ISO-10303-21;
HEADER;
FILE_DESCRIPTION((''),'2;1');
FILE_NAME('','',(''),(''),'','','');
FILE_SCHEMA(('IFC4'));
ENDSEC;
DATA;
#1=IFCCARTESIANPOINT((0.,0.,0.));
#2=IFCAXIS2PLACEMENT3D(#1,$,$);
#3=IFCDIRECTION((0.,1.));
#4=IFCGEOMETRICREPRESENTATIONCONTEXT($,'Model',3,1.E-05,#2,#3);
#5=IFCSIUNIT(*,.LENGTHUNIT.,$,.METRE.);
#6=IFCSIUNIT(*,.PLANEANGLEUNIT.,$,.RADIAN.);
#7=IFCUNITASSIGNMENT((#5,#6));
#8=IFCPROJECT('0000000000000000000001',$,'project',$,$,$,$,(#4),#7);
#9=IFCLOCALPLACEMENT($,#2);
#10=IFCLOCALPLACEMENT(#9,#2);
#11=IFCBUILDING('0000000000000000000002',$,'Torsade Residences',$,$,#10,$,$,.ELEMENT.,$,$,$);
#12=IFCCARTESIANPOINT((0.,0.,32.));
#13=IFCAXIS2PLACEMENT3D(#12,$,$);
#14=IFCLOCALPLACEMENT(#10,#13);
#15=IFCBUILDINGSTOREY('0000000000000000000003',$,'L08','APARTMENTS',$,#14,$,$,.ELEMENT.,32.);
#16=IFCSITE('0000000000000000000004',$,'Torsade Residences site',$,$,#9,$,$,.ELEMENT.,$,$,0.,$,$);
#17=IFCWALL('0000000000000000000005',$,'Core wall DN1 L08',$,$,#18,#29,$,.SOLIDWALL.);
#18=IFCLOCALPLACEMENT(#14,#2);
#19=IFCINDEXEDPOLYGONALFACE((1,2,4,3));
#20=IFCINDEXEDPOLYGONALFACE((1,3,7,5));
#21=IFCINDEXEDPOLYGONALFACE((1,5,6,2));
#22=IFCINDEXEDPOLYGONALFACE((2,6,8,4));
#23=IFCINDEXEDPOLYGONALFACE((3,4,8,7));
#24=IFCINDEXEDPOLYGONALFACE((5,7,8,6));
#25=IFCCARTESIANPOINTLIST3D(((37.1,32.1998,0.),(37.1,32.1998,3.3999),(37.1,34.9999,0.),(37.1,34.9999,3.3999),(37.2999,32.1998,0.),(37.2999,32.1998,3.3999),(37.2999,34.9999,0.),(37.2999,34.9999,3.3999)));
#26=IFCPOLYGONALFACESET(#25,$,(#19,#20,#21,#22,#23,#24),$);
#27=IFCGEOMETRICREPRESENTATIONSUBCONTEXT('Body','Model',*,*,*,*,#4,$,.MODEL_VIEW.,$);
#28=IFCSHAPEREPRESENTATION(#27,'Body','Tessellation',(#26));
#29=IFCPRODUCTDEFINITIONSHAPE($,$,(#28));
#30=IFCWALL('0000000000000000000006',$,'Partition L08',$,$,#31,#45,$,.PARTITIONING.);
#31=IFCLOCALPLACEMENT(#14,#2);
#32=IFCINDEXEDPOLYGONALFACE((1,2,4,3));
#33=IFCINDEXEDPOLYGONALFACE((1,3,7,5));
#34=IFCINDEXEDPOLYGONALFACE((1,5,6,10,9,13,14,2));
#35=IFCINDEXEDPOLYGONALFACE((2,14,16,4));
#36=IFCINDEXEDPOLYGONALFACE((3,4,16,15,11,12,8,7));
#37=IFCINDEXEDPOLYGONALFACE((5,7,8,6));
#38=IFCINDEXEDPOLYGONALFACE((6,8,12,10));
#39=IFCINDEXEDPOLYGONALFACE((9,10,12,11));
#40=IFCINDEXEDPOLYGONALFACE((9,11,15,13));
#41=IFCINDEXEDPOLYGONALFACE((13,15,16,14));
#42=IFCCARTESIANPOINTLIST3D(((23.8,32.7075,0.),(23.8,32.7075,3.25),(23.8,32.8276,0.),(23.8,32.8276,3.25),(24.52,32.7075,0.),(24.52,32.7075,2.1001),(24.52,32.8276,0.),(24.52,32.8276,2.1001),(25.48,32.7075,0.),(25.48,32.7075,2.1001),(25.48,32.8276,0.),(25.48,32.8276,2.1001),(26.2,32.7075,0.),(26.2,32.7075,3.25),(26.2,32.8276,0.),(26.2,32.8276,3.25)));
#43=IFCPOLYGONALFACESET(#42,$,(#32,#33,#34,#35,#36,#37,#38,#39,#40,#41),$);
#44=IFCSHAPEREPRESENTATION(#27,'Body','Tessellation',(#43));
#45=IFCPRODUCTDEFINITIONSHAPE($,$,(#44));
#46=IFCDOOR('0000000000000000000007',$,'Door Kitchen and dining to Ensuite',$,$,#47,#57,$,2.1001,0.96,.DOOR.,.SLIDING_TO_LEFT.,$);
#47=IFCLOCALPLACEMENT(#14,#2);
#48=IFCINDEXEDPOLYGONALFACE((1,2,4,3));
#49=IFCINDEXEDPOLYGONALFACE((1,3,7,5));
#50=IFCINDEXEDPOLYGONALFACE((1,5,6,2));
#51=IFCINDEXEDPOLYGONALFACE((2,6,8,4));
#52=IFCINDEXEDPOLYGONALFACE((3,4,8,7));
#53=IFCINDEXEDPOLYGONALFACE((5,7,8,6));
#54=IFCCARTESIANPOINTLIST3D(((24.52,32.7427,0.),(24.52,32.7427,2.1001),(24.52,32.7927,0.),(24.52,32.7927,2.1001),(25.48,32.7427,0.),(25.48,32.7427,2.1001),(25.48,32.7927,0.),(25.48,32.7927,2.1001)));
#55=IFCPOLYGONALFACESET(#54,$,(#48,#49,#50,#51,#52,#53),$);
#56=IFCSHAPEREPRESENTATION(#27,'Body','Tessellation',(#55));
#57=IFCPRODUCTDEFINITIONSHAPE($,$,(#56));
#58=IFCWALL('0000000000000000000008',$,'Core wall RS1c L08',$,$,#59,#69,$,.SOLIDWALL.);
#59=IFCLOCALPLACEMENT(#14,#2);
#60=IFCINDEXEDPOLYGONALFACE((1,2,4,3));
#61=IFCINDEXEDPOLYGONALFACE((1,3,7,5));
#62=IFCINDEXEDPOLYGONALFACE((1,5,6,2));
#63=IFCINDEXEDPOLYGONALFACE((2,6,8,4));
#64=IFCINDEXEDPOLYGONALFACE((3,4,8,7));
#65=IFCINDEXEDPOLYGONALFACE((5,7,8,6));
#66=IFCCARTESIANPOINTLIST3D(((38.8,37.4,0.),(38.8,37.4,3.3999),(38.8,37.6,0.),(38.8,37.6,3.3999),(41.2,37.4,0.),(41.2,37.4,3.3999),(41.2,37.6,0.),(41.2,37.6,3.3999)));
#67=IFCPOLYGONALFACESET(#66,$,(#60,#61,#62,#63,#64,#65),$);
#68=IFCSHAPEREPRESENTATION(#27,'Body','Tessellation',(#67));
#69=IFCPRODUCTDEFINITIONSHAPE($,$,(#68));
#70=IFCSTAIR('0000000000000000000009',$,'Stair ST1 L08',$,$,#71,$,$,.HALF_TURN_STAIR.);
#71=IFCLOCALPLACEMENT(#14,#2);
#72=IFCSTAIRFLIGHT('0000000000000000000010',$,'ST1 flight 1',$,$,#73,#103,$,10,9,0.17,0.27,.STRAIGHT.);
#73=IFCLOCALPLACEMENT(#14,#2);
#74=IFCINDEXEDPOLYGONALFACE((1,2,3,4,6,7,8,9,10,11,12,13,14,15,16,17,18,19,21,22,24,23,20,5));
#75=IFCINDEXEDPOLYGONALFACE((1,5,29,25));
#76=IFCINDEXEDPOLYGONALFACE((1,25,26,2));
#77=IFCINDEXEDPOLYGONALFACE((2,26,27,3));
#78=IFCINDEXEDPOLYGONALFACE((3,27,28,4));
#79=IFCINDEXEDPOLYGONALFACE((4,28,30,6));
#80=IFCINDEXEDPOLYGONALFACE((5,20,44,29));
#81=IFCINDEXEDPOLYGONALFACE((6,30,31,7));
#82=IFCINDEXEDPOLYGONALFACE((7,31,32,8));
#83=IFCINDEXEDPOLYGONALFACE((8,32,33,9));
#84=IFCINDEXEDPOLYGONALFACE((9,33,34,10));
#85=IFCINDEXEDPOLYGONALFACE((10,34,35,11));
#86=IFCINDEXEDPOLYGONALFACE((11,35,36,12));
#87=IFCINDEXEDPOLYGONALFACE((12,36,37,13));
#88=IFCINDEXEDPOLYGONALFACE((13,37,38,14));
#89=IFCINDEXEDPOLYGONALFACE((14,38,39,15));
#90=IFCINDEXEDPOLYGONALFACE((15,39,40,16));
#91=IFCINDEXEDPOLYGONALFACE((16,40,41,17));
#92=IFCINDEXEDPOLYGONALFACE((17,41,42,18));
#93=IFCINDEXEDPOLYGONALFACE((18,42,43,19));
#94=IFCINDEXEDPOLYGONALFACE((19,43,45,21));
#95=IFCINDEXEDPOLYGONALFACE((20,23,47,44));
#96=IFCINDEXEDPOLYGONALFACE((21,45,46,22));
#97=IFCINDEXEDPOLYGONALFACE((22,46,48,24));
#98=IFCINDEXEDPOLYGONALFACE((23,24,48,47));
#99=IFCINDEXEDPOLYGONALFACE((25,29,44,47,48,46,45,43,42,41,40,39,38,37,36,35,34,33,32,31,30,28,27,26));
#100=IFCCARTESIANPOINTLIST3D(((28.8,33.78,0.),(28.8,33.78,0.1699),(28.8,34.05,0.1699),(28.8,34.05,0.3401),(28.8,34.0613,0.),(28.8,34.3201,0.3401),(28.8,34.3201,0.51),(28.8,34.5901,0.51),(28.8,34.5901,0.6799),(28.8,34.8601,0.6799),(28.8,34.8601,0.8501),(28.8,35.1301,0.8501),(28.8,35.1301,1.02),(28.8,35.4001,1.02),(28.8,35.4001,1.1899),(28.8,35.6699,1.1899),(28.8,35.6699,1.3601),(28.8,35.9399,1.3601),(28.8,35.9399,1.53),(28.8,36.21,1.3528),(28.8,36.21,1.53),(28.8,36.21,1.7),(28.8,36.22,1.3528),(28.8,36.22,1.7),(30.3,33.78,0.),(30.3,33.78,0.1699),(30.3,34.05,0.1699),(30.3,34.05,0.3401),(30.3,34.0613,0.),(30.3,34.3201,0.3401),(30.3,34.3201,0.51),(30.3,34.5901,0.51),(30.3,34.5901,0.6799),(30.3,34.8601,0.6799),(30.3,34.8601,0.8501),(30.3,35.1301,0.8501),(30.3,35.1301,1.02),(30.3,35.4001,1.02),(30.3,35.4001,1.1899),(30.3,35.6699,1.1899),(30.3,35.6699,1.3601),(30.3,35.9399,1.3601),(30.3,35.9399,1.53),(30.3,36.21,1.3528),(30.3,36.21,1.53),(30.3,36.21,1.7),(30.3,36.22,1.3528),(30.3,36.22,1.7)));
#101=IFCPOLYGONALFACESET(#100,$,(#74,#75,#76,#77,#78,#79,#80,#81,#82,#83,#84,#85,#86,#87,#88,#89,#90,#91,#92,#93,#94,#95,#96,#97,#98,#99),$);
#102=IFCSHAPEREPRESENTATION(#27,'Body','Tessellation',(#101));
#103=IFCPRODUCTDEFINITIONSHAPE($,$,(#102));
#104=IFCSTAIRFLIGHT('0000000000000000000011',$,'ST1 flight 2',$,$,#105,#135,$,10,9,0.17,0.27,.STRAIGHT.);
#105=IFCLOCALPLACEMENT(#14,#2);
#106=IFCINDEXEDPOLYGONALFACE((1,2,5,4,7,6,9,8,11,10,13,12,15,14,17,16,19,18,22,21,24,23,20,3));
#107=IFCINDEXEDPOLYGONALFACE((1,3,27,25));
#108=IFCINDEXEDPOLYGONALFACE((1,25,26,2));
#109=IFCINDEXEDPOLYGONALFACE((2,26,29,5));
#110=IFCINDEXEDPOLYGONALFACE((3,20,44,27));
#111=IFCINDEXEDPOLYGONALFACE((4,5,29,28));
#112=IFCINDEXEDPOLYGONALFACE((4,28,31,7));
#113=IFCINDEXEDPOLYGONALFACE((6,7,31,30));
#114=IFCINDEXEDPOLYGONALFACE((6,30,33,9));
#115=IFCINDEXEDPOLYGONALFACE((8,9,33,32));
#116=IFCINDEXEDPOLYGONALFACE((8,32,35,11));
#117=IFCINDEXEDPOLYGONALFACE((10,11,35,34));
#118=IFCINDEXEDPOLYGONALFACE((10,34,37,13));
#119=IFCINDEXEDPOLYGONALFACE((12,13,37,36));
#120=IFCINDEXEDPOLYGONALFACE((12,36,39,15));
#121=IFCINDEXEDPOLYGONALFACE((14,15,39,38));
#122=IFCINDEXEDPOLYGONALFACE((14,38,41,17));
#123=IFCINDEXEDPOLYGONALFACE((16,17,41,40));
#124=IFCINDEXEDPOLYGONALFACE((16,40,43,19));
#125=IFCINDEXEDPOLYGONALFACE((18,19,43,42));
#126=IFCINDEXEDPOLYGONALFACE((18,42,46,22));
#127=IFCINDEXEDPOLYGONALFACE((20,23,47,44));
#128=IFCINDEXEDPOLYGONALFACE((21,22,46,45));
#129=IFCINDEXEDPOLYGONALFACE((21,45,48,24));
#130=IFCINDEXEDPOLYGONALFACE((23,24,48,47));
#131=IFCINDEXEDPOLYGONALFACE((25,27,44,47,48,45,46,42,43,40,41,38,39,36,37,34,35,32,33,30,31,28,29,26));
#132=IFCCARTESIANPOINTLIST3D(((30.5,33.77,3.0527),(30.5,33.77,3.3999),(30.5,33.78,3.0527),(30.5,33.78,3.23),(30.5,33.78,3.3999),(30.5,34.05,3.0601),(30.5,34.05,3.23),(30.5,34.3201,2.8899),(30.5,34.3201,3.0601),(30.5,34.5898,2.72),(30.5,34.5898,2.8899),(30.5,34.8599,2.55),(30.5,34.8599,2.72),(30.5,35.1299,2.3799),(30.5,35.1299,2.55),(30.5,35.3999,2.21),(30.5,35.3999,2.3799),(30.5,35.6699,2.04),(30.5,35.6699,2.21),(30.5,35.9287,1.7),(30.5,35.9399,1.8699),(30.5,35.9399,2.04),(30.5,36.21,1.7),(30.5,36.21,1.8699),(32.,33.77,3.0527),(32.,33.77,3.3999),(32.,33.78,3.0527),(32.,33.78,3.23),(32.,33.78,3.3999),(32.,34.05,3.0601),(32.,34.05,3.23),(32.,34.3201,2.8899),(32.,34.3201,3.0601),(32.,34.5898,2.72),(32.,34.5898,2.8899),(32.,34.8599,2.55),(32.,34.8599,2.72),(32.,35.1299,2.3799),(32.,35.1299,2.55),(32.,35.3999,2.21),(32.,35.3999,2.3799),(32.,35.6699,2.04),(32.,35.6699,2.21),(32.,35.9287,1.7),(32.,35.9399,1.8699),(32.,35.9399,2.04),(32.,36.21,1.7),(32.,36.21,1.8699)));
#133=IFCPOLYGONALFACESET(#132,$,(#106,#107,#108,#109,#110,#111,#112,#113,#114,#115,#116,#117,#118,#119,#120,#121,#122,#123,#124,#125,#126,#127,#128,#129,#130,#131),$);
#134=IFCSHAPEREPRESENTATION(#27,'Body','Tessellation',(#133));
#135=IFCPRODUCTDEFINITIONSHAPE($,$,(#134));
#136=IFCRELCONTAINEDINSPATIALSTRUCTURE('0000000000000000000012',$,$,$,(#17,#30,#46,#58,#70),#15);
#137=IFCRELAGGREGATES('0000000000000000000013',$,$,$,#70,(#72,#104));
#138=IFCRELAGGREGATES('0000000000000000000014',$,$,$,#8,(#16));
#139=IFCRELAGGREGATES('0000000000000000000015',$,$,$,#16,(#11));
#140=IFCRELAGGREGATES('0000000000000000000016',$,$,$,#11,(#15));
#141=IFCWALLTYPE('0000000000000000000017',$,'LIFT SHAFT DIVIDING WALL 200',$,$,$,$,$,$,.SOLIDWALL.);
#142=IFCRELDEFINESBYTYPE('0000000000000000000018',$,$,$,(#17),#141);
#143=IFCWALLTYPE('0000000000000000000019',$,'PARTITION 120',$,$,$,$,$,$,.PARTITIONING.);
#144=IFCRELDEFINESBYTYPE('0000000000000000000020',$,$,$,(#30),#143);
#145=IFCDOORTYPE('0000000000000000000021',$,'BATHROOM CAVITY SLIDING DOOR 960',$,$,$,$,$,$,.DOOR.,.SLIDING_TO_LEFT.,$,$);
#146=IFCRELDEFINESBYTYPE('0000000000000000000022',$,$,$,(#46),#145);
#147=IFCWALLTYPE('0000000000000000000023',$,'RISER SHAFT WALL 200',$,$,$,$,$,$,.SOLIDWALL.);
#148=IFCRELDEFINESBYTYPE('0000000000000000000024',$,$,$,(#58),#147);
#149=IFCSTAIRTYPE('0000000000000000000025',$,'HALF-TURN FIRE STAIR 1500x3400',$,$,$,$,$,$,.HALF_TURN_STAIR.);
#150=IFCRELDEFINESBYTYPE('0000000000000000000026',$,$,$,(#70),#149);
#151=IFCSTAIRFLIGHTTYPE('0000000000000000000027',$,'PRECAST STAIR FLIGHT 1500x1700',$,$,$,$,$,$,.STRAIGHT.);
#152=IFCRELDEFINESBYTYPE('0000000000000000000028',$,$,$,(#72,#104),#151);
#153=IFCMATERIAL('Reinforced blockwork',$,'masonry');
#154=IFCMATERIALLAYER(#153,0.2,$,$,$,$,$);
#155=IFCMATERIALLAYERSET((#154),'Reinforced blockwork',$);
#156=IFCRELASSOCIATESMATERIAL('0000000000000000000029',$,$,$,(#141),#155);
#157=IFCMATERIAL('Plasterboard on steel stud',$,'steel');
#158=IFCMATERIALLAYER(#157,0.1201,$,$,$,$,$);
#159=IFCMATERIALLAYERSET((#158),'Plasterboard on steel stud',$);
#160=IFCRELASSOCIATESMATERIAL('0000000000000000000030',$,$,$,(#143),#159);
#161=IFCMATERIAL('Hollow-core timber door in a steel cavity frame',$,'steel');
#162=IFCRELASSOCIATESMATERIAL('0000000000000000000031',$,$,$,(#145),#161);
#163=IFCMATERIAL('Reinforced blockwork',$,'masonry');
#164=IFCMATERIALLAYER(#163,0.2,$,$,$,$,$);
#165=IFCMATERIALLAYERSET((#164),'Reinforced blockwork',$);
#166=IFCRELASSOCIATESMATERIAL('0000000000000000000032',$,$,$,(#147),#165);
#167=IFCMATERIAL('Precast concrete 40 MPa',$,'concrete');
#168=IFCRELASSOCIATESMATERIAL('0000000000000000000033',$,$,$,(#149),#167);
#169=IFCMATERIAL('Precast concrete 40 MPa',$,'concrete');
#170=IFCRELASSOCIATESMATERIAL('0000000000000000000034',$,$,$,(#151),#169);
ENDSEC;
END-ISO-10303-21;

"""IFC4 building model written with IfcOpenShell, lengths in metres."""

from ifc_helpers import new_model, si_unit, direction, frame, frame_2d, origin, place, context, subcontext, project, spatial, polyline, rectangle, outline, extrude, material, layer, layer_set, type_object, element, fill, aggregate, save


model = new_model("IFC4")

# Units and contexts
model_context = context("Model", 3, precision=1e-05, world=origin(), true_north=direction((0.0, 1.0)))
body_context = subcontext(model_context, "Body", "Model", "MODEL_VIEW")
ifc_project = project(units=[si_unit("LENGTHUNIT", "METRE"), si_unit("PLANEANGLEUNIT", "RADIAN")], contexts=[model_context])

# Site, building, storey
site_placement = place(None, origin())
site = spatial("IfcSite", under=ifc_project, at=site_placement, Name="Torsade Residences site", CompositionType="ELEMENT", RefElevation=0.0)
building_placement = place(site_placement, origin())
building = spatial("IfcBuilding", under=site, at=building_placement, Name="Torsade Residences", CompositionType="ELEMENT")
storey_placement = place(building_placement, frame((0.0, 0.0, 32.0)))
storey = spatial("IfcBuildingStorey", under=building, at=storey_placement, Name="L08", Description="APARTMENTS", CompositionType="ELEMENT", Elevation=32.0)

# Wall
ifc_material_1 = material(Name="Reinforced blockwork", Category="masonry")
ifc_layer_1 = layer(ifc_material_1, 0.2)
ifc_layer_set_1 = layer_set([ifc_layer_1], Name="Reinforced blockwork")
wall_type_1 = type_object("IfcWallType", Name="LIFT SHAFT DIVIDING WALL 200", PredefinedType="SOLIDWALL", material=ifc_layer_set_1)
wall_1_placement = place(storey_placement, frame((37.2, 32.2, 0.0), z_axis=(0.0, 0.0, 1.0), x_axis=(0.0, 1.0, 0.0)))
element("IfcWall", 1, at=wall_1_placement, inside=storey, type_object=wall_type_1, Name="Core wall DN1 L08", PredefinedType="SOLIDWALL", context=body_context, shape_type="SweptSolid", body=[
    extrude(rectangle(XDim=2.8, YDim=0.2, at=frame_2d((1.3999, 0.0))), origin(), (0.0, 0.0, 1.0), 3.3999),
])

# Wall, opening, door
ifc_material_2 = material(Name="Plasterboard on steel stud", Category="steel")
ifc_layer_2 = layer(ifc_material_2, 0.1201)
ifc_layer_set_2 = layer_set([ifc_layer_2], Name="Plasterboard on steel stud")
wall_type_2 = type_object("IfcWallType", Name="PARTITION 120", PredefinedType="PARTITIONING", material=ifc_layer_set_2)
wall_2_placement = place(storey_placement, frame((26.2, 32.7676, 0.0), z_axis=(0.0, 0.0, 1.0), x_axis=(-1.0, 0.0, 0.0)))
wall_2 = element("IfcWall", 2, at=wall_2_placement, inside=storey, type_object=wall_type_2, Name="Partition L08", PredefinedType="PARTITIONING", context=body_context, shape_type="SweptSolid", body=[
    extrude(rectangle(XDim=2.3999, YDim=0.1201, at=frame_2d((1.2, 0.0))), origin(), (0.0, 0.0, 1.0), 3.25),
])
opening_1_placement = place(wall_2_placement, frame((0.72, 0.0, 0.0)))
opening_1 = element("IfcOpeningElement", 3, at=opening_1_placement, cuts=wall_2, PredefinedType="OPENING", context=body_context, shape_type="SweptSolid", body=[
    extrude(rectangle(XDim=0.96, YDim=2.1001, at=frame_2d((0.48, 1.05))), frame((0.0, 0.0701, 0.0), z_axis=(0.0, -1.0, 0.0), x_axis=(1.0, 0.0, 0.0)), (0.0, 0.0, 1.0), 0.1401),
])
ifc_material_3 = material(Name="Hollow-core timber door in a steel cavity frame", Category="steel")
door_type_1 = type_object("IfcDoorType", Name="BATHROOM CAVITY SLIDING DOOR 960", OperationType="SLIDING_TO_LEFT", PredefinedType="DOOR", material=ifc_material_3)
door_1_placement = place(opening_1_placement, origin())
door_1 = element("IfcDoor", 4, at=door_1_placement, inside=storey, type_object=door_type_1, Name="Door Kitchen and dining to Ensuite", OperationType="SLIDING_TO_LEFT", OverallHeight=2.1001, OverallWidth=0.96, PredefinedType="DOOR", context=body_context, shape_type="SweptSolid", body=[
    extrude(rectangle(XDim=0.96, YDim=2.1001, at=frame_2d((0.48, 1.05))), frame((0.0, 0.0249, 0.0), z_axis=(0.0, -1.0, 0.0), x_axis=(1.0, 0.0, 0.0)), (0.0, 0.0, 1.0), 0.05),
])
fill(opening_1, door_1)

# Wall
ifc_material_4 = material(Name="Reinforced blockwork", Category="masonry")
ifc_layer_3 = layer(ifc_material_4, 0.2)
ifc_layer_set_3 = layer_set([ifc_layer_3], Name="Reinforced blockwork")
wall_type_3 = type_object("IfcWallType", Name="RISER SHAFT WALL 200", PredefinedType="SOLIDWALL", material=ifc_layer_set_3)
wall_3_placement = place(storey_placement, frame((38.8, 37.5, 0.0), z_axis=(0.0, 0.0, 1.0), x_axis=(1.0, 0.0, 0.0)))
element("IfcWall", 5, at=wall_3_placement, inside=storey, type_object=wall_type_3, Name="Core wall RS1c L08", PredefinedType="SOLIDWALL", context=body_context, shape_type="SweptSolid", body=[
    extrude(rectangle(XDim=2.3999, YDim=0.2, at=frame_2d((1.2, 0.0))), origin(), (0.0, 0.0, 1.0), 3.3999),
])

# Stair, stair flights
ifc_material_5 = material(Name="Precast concrete 40 MPa", Category="concrete")
stair_type = type_object("IfcStairType", Name="HALF-TURN FIRE STAIR 1500x3400", PredefinedType="HALF_TURN_STAIR", material=ifc_material_5)
stair_placement = place(storey_placement, origin())
stair = element("IfcStair", 6, at=stair_placement, inside=storey, type_object=stair_type, Name="Stair ST1 L08", PredefinedType="HALF_TURN_STAIR")
ifc_material_6 = material(Name="Precast concrete 40 MPa", Category="concrete")
stair_flight_type = type_object("IfcStairFlightType", Name="PRECAST STAIR FLIGHT 1500x1700", PredefinedType="STRAIGHT", material=ifc_material_6)
stair_flight_1_placement = place(storey_placement, frame((29.55, 33.78, 0.0), z_axis=(0.0, 0.0, 1.0), x_axis=(0.0, 1.0, 0.0)))
stair_flight_1 = element("IfcStairFlight", 7, at=stair_flight_1_placement, type_object=stair_flight_type, Name="ST1 flight 1", NumberOfRisers=10, NumberOfTreads=9, PredefinedType="STRAIGHT", RiserHeight=0.17, TreadLength=0.27, context=body_context, shape_type="SweptSolid", body=[
    extrude(outline(polyline([(0.0, 0.0), (0.0, 0.1699), (0.27, 0.1699), (0.27, 0.3401), (0.54, 0.3401), (0.54, 0.51), (0.8101, 0.51), (0.8101, 0.6799), (1.0801, 0.6799), (1.0801, 0.8501), (1.3501, 0.8501), (1.3501, 1.02), (1.6201, 1.02), (1.6201, 1.1899), (1.8899, 1.1899), (1.8899, 1.3601), (2.1599, 1.3601), (2.1599, 1.53), (2.4299, 1.53), (2.4299, 1.7), (2.4399, 1.7), (2.4399, 1.3528), (2.4299, 1.3528), (0.2812, 0.0), (0.0, 0.0)])), frame((0.0, 0.75, 0.0), z_axis=(0.0, -1.0, 0.0), x_axis=(1.0, 0.0, 0.0)), (0.0, 0.0, 1.0), 1.5),
])
stair_flight_2_placement = place(storey_placement, frame((31.25, 36.21, 1.7), z_axis=(0.0, 0.0, 1.0), x_axis=(0.0, -1.0, 0.0)))
stair_flight_2 = element("IfcStairFlight", 8, at=stair_flight_2_placement, type_object=stair_flight_type, Name="ST1 flight 2", NumberOfRisers=10, NumberOfTreads=9, PredefinedType="STRAIGHT", RiserHeight=0.17, TreadLength=0.27, context=body_context, shape_type="SweptSolid", body=[
    extrude(outline(polyline([(0.0, 0.0), (0.0, 0.1699), (0.27, 0.1699), (0.27, 0.3401), (0.54, 0.3401), (0.54, 0.51), (0.8101, 0.51), (0.8101, 0.6799), (1.0801, 0.6799), (1.0801, 0.8501), (1.3501, 0.8501), (1.3501, 1.02), (1.6201, 1.02), (1.6201, 1.1899), (1.8899, 1.1899), (1.8899, 1.3601), (2.1599, 1.3601), (2.1599, 1.53), (2.4299, 1.53), (2.4299, 1.7), (2.4399, 1.7), (2.4399, 1.3528), (2.4299, 1.3528), (0.2812, 0.0), (0.0, 0.0)])), frame((0.0, 0.75, 0.0), z_axis=(0.0, -1.0, 0.0), x_axis=(1.0, 0.0, 0.0)), (0.0, 0.0, 1.0), 1.5),
])
aggregate(stair, [stair_flight_1, stair_flight_2])

save(model, "model.ifc")
